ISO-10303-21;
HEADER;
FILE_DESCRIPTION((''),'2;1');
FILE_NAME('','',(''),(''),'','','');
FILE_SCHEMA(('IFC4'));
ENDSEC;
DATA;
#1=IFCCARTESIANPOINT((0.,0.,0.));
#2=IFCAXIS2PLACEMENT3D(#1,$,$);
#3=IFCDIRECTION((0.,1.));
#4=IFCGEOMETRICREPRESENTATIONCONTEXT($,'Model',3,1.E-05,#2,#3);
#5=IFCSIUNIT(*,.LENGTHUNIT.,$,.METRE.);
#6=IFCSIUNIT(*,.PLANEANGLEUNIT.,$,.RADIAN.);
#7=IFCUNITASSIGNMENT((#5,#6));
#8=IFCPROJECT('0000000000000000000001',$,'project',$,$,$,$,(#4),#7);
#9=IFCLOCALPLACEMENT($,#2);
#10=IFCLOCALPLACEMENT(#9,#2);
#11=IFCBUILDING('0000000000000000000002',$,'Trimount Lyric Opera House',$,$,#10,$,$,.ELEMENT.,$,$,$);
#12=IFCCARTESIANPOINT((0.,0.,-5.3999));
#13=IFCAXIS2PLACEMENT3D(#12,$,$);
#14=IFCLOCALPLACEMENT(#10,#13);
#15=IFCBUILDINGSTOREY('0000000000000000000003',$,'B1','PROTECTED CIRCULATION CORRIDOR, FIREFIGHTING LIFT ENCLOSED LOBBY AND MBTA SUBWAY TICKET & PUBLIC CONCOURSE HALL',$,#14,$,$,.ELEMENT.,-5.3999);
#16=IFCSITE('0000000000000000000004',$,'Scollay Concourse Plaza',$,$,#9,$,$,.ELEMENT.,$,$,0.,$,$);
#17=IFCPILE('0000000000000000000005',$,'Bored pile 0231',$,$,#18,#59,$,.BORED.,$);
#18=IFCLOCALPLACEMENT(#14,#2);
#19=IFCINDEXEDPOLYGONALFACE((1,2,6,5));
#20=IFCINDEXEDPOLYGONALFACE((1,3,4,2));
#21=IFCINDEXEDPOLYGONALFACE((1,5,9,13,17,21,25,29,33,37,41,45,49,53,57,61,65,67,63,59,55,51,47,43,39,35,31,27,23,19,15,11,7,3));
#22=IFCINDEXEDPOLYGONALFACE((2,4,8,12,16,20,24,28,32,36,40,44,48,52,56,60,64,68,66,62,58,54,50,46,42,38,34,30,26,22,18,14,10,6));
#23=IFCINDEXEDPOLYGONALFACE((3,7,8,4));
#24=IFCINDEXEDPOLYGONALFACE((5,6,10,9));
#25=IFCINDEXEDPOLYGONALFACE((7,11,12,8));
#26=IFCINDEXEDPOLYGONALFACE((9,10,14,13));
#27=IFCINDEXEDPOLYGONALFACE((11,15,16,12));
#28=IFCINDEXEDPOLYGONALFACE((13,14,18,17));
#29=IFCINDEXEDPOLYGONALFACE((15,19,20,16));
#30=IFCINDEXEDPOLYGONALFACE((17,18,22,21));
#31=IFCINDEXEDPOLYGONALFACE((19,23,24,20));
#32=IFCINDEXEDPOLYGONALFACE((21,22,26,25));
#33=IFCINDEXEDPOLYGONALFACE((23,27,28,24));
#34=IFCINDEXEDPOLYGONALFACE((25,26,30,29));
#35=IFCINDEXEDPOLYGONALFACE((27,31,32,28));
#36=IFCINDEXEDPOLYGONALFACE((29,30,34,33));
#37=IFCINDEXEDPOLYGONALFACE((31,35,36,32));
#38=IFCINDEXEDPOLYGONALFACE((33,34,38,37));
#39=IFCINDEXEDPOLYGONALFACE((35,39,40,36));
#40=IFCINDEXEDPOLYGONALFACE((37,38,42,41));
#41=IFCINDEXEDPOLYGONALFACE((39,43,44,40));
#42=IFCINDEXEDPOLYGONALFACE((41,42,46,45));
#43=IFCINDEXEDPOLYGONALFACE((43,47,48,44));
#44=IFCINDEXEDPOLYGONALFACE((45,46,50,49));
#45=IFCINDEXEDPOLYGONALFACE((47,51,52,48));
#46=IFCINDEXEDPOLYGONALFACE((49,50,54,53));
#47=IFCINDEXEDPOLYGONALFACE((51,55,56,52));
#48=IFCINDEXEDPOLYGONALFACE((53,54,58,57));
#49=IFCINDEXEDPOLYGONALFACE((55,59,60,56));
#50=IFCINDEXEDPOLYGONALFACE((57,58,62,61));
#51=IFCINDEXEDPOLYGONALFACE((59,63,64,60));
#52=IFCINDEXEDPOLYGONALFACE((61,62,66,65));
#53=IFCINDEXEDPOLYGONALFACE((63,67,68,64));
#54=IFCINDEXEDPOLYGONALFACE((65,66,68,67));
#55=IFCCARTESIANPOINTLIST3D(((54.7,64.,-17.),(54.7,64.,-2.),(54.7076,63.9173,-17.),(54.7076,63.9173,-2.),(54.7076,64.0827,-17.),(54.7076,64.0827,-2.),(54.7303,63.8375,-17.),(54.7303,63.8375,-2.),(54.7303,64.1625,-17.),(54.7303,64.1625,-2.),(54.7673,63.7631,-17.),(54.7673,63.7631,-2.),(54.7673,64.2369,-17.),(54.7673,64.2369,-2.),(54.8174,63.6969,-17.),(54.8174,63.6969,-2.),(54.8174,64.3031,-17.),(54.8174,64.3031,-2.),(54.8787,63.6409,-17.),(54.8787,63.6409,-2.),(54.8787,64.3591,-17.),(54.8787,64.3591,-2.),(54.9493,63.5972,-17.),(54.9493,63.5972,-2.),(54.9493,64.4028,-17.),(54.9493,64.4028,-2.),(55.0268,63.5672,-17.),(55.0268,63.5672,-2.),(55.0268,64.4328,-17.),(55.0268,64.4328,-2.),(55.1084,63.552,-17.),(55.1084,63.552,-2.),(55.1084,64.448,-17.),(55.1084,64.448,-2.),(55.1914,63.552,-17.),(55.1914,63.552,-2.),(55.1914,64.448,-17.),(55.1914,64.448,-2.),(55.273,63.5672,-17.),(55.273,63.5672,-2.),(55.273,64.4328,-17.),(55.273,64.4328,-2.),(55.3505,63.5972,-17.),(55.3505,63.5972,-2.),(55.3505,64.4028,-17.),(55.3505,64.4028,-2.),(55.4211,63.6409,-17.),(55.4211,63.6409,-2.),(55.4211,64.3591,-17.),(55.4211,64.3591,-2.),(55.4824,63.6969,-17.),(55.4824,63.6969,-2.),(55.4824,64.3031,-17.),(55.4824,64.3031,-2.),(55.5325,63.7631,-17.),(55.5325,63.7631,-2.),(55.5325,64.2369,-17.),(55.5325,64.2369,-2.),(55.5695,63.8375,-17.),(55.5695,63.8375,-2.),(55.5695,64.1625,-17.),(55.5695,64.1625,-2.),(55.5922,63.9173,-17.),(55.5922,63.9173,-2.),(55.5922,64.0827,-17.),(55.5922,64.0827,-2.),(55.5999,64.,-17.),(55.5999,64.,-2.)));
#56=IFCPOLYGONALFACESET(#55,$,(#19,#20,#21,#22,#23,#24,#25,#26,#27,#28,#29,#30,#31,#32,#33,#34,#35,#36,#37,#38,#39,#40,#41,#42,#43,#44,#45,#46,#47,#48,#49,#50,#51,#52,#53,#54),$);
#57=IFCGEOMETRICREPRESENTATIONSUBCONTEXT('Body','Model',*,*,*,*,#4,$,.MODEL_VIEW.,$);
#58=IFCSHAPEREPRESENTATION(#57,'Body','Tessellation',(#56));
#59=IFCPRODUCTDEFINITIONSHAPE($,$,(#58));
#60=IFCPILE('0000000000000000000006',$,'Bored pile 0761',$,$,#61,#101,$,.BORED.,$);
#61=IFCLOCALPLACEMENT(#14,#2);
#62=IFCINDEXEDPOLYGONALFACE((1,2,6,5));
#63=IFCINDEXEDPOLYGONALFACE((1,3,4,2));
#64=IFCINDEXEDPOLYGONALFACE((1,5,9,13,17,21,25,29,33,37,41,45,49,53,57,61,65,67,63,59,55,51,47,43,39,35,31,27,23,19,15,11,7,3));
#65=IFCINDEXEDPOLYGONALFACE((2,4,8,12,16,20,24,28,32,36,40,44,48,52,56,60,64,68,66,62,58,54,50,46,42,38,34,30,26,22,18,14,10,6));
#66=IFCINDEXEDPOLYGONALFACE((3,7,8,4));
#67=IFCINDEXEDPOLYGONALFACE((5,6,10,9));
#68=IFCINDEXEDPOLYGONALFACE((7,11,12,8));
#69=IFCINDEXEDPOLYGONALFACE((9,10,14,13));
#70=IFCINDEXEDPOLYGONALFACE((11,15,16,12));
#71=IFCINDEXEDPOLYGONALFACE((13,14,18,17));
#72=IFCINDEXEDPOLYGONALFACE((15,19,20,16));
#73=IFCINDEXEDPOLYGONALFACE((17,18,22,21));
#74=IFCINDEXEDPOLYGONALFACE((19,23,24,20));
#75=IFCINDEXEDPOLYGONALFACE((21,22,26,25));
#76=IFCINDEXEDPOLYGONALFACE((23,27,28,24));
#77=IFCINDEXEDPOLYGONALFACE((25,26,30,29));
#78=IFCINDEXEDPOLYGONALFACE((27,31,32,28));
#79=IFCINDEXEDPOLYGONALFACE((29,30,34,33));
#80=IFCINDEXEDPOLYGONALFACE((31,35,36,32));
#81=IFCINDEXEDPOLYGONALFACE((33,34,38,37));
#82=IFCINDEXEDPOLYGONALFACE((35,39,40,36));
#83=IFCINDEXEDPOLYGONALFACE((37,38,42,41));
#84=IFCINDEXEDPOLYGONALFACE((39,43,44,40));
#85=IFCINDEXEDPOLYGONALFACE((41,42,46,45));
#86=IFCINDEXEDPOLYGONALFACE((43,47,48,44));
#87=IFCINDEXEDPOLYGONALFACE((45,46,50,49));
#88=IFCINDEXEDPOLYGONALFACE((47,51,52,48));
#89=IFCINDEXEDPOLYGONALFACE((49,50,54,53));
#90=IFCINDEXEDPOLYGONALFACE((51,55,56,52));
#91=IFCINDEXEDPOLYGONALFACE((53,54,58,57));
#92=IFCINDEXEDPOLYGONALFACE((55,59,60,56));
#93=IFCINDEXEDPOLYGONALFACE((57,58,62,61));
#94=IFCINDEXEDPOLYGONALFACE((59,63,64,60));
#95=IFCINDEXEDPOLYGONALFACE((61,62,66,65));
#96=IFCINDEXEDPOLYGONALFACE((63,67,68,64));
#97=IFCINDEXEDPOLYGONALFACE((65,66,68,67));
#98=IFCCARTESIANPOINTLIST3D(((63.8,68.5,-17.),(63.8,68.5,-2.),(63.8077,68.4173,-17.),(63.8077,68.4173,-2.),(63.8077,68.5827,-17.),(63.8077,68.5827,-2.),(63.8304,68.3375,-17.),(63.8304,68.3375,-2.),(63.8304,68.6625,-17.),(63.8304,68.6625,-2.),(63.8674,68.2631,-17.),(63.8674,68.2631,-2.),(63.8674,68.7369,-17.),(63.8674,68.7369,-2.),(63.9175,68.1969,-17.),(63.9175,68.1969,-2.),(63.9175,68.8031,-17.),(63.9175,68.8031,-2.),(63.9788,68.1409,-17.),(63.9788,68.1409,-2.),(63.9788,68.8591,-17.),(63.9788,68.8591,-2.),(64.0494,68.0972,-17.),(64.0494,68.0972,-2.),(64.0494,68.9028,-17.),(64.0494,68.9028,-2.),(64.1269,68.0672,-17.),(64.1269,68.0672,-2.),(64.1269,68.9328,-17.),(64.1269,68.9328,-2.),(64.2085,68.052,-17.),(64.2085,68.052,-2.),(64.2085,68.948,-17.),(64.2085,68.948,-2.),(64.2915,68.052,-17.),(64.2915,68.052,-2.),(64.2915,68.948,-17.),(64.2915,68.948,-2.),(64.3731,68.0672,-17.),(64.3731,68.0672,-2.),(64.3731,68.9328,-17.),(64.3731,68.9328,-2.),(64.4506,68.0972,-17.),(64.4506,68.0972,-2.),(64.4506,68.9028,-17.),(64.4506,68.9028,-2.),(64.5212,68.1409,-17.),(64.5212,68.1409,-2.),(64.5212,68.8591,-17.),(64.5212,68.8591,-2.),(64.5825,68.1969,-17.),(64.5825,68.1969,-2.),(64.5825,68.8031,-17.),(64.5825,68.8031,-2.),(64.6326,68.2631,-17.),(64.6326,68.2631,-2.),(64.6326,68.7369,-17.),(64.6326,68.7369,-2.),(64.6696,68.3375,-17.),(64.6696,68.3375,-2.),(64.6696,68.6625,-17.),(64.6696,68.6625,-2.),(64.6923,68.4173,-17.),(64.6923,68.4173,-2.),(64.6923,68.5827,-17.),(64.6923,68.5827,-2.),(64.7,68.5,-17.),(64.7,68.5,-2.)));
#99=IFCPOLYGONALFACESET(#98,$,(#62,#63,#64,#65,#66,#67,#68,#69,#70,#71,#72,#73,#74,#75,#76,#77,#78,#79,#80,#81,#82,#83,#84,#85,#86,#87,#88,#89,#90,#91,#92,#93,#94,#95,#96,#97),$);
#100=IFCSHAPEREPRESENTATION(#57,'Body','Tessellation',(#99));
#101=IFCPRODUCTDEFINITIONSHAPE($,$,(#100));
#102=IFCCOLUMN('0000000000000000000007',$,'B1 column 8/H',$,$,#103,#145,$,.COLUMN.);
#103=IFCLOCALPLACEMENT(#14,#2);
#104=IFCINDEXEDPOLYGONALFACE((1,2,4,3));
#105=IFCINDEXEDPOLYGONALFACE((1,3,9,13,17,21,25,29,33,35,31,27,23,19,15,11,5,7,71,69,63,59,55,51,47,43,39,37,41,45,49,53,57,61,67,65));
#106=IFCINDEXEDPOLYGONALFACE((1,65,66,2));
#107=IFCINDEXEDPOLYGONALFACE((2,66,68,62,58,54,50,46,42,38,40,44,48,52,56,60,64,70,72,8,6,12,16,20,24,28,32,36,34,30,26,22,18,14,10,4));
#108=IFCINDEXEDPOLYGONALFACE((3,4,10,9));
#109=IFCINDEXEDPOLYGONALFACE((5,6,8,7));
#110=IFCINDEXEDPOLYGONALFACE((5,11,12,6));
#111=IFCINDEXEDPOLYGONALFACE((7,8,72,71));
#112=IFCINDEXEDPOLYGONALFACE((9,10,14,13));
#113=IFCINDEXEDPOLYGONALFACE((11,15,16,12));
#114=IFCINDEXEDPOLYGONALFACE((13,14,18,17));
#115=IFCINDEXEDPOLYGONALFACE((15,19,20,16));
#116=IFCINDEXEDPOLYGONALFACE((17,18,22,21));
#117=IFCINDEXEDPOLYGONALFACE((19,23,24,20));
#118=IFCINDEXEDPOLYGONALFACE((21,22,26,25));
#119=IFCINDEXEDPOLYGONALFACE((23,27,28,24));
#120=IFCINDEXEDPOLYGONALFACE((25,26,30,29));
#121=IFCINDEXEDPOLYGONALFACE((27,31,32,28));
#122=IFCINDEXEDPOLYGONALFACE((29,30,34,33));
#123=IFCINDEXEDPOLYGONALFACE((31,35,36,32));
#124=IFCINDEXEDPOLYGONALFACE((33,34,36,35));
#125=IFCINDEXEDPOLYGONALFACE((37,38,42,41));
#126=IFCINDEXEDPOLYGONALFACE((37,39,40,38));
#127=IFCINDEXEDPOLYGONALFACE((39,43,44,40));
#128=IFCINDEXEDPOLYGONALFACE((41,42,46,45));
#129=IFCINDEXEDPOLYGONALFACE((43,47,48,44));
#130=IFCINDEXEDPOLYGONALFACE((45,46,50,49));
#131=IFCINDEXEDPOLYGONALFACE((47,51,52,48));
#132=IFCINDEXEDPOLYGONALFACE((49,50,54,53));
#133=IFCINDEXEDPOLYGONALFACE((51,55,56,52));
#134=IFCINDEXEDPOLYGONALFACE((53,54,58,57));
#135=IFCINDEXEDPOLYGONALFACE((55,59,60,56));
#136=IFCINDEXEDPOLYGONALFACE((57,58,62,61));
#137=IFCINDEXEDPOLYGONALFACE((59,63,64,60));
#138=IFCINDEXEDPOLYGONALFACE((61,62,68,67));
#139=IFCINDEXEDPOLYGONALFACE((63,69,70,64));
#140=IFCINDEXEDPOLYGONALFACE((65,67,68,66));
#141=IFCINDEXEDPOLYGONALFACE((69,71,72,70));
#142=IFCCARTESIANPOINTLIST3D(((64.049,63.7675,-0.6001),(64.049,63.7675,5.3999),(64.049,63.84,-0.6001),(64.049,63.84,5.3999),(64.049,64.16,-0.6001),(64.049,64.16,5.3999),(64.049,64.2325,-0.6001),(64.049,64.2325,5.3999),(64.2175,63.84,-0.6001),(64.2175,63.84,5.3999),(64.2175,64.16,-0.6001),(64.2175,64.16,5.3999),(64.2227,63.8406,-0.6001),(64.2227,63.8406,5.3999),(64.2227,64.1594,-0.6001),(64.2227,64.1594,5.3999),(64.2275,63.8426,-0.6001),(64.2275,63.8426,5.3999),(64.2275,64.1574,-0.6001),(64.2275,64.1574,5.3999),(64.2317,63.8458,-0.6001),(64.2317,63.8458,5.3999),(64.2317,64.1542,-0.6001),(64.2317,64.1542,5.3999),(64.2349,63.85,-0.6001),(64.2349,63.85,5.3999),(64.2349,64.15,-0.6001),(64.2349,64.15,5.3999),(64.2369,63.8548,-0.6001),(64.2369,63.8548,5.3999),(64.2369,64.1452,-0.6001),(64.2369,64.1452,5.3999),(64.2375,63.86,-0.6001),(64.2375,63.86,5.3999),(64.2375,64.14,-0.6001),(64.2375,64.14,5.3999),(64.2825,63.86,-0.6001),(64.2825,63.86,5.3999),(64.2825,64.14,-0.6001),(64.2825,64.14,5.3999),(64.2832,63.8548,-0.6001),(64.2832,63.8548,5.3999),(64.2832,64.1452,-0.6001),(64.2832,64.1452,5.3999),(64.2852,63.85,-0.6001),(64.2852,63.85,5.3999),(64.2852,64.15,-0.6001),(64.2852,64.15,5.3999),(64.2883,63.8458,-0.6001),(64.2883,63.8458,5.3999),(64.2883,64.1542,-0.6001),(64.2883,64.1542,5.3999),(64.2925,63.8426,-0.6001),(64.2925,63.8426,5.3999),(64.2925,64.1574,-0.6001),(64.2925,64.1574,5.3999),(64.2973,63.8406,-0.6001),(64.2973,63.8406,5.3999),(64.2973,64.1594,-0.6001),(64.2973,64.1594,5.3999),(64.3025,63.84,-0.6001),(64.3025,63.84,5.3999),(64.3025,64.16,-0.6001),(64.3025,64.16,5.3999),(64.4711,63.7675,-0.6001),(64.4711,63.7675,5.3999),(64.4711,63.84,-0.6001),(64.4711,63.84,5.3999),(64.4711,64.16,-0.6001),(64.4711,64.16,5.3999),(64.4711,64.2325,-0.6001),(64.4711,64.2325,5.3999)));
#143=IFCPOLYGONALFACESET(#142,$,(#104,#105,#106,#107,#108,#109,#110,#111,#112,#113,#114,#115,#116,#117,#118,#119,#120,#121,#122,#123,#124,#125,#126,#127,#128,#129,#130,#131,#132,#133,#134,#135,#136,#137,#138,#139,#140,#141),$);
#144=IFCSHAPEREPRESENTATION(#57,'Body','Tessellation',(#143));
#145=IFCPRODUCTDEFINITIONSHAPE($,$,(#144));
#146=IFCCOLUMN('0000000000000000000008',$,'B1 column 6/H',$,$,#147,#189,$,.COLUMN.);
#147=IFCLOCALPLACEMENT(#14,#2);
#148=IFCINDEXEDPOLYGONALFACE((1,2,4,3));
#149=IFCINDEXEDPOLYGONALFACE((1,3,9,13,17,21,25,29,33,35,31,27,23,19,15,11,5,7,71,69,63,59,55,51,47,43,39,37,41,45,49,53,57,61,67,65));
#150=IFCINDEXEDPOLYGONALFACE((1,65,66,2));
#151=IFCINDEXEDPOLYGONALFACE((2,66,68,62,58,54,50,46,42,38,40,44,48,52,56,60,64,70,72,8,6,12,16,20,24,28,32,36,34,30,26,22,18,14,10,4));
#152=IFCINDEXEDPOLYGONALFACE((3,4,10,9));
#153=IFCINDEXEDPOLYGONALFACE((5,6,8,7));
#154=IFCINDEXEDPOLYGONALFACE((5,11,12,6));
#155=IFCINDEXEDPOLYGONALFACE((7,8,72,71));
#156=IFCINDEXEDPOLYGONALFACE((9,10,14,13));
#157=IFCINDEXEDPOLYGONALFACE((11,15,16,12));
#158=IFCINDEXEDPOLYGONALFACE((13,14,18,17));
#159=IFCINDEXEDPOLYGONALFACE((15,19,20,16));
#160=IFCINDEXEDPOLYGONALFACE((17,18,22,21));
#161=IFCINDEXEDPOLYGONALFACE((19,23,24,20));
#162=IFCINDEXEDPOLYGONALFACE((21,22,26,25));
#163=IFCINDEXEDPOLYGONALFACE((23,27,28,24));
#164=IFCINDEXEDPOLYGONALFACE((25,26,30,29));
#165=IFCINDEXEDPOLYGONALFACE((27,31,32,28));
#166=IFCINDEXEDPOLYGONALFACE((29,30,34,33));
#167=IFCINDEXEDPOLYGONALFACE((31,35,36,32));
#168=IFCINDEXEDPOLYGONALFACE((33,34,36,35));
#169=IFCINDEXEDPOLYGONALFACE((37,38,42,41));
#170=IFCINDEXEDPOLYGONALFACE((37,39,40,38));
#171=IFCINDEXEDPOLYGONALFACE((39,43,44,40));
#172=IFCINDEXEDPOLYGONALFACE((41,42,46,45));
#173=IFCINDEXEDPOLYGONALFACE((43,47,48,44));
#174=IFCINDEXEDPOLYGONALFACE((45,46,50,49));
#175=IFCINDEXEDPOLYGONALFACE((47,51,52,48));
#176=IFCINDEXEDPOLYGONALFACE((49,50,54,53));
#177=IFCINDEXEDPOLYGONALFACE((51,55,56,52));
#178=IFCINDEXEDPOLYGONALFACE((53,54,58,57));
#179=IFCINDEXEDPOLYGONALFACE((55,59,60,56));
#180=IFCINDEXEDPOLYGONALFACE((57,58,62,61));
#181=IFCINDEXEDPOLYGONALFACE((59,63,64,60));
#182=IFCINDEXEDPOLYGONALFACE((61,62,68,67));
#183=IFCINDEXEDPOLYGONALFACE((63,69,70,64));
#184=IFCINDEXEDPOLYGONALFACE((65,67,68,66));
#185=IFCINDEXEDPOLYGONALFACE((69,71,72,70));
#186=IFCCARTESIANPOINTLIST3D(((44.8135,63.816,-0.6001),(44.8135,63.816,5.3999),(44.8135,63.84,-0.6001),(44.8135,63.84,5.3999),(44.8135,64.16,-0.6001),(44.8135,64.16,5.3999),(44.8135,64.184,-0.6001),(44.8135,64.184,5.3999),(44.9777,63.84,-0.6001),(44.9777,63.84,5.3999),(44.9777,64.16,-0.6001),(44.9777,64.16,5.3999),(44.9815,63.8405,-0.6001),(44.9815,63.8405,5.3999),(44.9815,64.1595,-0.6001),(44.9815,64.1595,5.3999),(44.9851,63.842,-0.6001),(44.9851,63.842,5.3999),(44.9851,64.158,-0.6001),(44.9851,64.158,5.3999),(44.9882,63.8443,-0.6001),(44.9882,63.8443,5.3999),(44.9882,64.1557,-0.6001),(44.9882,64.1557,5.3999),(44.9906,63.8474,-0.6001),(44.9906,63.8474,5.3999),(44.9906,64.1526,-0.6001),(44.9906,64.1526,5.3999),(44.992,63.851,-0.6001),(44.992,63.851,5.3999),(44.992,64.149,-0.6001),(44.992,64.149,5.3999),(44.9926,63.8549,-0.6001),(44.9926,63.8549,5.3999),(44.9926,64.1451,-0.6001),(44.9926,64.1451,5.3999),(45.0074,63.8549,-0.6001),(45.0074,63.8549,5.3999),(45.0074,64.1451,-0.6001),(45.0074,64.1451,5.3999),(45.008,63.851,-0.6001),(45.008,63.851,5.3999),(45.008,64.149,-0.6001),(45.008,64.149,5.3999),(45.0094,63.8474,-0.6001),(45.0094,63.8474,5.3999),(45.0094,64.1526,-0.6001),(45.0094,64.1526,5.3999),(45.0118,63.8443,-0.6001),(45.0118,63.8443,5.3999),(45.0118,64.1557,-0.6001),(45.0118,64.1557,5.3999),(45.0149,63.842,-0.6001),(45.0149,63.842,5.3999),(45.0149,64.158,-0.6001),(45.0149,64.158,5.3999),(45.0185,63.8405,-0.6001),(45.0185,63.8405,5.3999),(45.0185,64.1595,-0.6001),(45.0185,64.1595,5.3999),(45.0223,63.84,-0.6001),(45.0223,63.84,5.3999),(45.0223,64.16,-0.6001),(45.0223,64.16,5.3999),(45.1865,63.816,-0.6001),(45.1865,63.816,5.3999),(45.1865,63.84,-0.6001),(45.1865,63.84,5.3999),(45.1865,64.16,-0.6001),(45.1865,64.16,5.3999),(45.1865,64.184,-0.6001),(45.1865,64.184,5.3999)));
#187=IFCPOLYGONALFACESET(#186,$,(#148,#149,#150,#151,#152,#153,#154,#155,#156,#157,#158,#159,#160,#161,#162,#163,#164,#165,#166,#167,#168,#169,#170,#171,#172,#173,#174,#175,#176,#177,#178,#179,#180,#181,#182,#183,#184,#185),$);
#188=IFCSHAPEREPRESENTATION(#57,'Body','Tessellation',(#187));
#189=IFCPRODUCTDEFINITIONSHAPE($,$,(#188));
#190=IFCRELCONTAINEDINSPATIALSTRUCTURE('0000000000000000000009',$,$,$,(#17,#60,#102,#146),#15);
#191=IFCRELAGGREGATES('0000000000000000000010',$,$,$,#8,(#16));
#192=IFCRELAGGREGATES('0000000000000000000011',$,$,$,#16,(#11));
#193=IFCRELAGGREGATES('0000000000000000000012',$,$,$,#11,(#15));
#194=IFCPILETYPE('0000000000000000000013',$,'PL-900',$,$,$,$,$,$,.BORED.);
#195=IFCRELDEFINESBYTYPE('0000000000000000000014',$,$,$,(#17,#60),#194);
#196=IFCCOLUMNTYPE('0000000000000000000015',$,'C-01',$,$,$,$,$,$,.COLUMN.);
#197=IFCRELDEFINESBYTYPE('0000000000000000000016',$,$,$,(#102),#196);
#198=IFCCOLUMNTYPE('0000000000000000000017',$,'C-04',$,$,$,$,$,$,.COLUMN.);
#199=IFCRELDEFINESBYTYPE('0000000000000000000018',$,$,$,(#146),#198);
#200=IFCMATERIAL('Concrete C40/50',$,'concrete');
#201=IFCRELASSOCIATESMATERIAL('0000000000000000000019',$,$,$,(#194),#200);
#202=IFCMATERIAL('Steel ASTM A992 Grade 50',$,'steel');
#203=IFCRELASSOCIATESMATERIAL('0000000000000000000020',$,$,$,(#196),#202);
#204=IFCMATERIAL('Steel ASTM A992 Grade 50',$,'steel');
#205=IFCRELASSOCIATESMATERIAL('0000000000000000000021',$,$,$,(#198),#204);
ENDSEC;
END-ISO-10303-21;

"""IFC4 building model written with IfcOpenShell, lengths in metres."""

from ifc_helpers import new_model, si_unit, direction, frame, origin, origin_2d, place, context, subcontext, project, spatial, circle, i_section, extrude, material, material_profile, profile_set, type_object, element, save


model = new_model("IFC4")

# Units and contexts
model_context = context("Model", 3, precision=1e-05, world=origin(), true_north=direction((0.0, 1.0)))
body_context = subcontext(model_context, "Body", "Model", "MODEL_VIEW")
ifc_project = project(units=[si_unit("LENGTHUNIT", "METRE"), si_unit("PLANEANGLEUNIT", "RADIAN")], contexts=[model_context])

# Site, building, storey
site_placement = place(None, origin())
site = spatial("IfcSite", under=ifc_project, at=site_placement, Name="Scollay Concourse Plaza", CompositionType="ELEMENT", RefElevation=0.0)
building_placement = place(site_placement, origin())
building = spatial("IfcBuilding", under=site, at=building_placement, Name="Trimount Lyric Opera House", CompositionType="ELEMENT")
storey_placement = place(building_placement, frame((0.0, 0.0, -5.3999)))
storey = spatial("IfcBuildingStorey", under=building, at=storey_placement, Name="B1", Description="PROTECTED CIRCULATION CORRIDOR, FIREFIGHTING LIFT ENCLOSED LOBBY AND MBTA SUBWAY TICKET & PUBLIC CONCOURSE HALL", CompositionType="ELEMENT", Elevation=-5.3999)

# Piles
ifc_material_1 = material(Name="Concrete C40/50", Category="concrete")
ifc_material_profile_1 = material_profile(ifc_material_1, circle(Radius=0.45, at=origin_2d()), Name="PILE-D900")
ifc_profile_set_1 = profile_set([ifc_material_profile_1], Name="Concrete C40/50")
pile_type_1 = type_object("IfcPileType", Name="PL-900", PredefinedType="BORED", material=ifc_profile_set_1)
for number, where, z_axis, x_axis, name in (
    (1, (55.1499, 64.0, -2.0), (0.0, 0.0, -1.0), (1.0, 0.0, 0.0), "Bored pile 0231"),
    (2, (64.25, 68.5, -2.0), (0.0, 0.0, -1.0), (1.0, 0.0, 0.0), "Bored pile 0761"),
):
    element("IfcPile", number, at=place(storey_placement, frame(where, z_axis=z_axis, x_axis=x_axis)), inside=storey, type_object=pile_type_1, Name=name, PredefinedType="BORED", context=body_context, shape_type="SweptSolid", body=[
        extrude(circle(Radius=0.45, at=origin_2d()), origin(), (0.0, 0.0, 1.0), 15.0),
    ])

# Columns
ifc_material_2 = material(Name="Steel ASTM A992 Grade 50", Category="steel")
ifc_material_profile_2 = material_profile(ifc_material_2, i_section(OverallWidth=0.4221, OverallDepth=0.4651, WebThickness=0.0449, FlangeThickness=0.0725, FilletRadius=0.02, at=origin_2d()), Name="W14X398")
ifc_profile_set_2 = profile_set([ifc_material_profile_2], Name="Steel ASTM A992 Grade 50")
column_type_1 = type_object("IfcColumnType", Name="C-01", PredefinedType="COLUMN", material=ifc_profile_set_2)
column_1_placement = place(storey_placement, frame((64.26, 64.0, -0.6001), z_axis=(0.0, 0.0, 1.0), x_axis=(1.0, 0.0, 0.0)))
element("IfcColumn", 3, at=column_1_placement, inside=storey, type_object=column_type_1, Name="B1 column 8/H", PredefinedType="COLUMN", context=body_context, shape_type="SweptSolid", body=[
    extrude(i_section(OverallWidth=0.4221, OverallDepth=0.4651, WebThickness=0.0449, FlangeThickness=0.0725, FilletRadius=0.02, at=origin_2d()), origin(), (0.0, 0.0, 1.0), 6.0),
])
ifc_material_3 = material(Name="Steel ASTM A992 Grade 50", Category="steel")
ifc_material_profile_3 = material_profile(ifc_material_3, i_section(OverallWidth=0.373, OverallDepth=0.3679, WebThickness=0.0149, FlangeThickness=0.0239, FilletRadius=0.0149, at=origin_2d()), Name="W14X120")
ifc_profile_set_3 = profile_set([ifc_material_profile_3], Name="Steel ASTM A992 Grade 50")
column_type_2 = type_object("IfcColumnType", Name="C-04", PredefinedType="COLUMN", material=ifc_profile_set_3)
column_2_placement = place(storey_placement, frame((45.0, 64.0, -0.6001), z_axis=(0.0, 0.0, 1.0), x_axis=(1.0, 0.0, 0.0)))
element("IfcColumn", 4, at=column_2_placement, inside=storey, type_object=column_type_2, Name="B1 column 6/H", PredefinedType="COLUMN", context=body_context, shape_type="SweptSolid", body=[
    extrude(i_section(OverallWidth=0.373, OverallDepth=0.3679, WebThickness=0.0149, FlangeThickness=0.0239, FilletRadius=0.0149, at=origin_2d()), origin(), (0.0, 0.0, 1.0), 6.0),
])

save(model, "model.ifc")
